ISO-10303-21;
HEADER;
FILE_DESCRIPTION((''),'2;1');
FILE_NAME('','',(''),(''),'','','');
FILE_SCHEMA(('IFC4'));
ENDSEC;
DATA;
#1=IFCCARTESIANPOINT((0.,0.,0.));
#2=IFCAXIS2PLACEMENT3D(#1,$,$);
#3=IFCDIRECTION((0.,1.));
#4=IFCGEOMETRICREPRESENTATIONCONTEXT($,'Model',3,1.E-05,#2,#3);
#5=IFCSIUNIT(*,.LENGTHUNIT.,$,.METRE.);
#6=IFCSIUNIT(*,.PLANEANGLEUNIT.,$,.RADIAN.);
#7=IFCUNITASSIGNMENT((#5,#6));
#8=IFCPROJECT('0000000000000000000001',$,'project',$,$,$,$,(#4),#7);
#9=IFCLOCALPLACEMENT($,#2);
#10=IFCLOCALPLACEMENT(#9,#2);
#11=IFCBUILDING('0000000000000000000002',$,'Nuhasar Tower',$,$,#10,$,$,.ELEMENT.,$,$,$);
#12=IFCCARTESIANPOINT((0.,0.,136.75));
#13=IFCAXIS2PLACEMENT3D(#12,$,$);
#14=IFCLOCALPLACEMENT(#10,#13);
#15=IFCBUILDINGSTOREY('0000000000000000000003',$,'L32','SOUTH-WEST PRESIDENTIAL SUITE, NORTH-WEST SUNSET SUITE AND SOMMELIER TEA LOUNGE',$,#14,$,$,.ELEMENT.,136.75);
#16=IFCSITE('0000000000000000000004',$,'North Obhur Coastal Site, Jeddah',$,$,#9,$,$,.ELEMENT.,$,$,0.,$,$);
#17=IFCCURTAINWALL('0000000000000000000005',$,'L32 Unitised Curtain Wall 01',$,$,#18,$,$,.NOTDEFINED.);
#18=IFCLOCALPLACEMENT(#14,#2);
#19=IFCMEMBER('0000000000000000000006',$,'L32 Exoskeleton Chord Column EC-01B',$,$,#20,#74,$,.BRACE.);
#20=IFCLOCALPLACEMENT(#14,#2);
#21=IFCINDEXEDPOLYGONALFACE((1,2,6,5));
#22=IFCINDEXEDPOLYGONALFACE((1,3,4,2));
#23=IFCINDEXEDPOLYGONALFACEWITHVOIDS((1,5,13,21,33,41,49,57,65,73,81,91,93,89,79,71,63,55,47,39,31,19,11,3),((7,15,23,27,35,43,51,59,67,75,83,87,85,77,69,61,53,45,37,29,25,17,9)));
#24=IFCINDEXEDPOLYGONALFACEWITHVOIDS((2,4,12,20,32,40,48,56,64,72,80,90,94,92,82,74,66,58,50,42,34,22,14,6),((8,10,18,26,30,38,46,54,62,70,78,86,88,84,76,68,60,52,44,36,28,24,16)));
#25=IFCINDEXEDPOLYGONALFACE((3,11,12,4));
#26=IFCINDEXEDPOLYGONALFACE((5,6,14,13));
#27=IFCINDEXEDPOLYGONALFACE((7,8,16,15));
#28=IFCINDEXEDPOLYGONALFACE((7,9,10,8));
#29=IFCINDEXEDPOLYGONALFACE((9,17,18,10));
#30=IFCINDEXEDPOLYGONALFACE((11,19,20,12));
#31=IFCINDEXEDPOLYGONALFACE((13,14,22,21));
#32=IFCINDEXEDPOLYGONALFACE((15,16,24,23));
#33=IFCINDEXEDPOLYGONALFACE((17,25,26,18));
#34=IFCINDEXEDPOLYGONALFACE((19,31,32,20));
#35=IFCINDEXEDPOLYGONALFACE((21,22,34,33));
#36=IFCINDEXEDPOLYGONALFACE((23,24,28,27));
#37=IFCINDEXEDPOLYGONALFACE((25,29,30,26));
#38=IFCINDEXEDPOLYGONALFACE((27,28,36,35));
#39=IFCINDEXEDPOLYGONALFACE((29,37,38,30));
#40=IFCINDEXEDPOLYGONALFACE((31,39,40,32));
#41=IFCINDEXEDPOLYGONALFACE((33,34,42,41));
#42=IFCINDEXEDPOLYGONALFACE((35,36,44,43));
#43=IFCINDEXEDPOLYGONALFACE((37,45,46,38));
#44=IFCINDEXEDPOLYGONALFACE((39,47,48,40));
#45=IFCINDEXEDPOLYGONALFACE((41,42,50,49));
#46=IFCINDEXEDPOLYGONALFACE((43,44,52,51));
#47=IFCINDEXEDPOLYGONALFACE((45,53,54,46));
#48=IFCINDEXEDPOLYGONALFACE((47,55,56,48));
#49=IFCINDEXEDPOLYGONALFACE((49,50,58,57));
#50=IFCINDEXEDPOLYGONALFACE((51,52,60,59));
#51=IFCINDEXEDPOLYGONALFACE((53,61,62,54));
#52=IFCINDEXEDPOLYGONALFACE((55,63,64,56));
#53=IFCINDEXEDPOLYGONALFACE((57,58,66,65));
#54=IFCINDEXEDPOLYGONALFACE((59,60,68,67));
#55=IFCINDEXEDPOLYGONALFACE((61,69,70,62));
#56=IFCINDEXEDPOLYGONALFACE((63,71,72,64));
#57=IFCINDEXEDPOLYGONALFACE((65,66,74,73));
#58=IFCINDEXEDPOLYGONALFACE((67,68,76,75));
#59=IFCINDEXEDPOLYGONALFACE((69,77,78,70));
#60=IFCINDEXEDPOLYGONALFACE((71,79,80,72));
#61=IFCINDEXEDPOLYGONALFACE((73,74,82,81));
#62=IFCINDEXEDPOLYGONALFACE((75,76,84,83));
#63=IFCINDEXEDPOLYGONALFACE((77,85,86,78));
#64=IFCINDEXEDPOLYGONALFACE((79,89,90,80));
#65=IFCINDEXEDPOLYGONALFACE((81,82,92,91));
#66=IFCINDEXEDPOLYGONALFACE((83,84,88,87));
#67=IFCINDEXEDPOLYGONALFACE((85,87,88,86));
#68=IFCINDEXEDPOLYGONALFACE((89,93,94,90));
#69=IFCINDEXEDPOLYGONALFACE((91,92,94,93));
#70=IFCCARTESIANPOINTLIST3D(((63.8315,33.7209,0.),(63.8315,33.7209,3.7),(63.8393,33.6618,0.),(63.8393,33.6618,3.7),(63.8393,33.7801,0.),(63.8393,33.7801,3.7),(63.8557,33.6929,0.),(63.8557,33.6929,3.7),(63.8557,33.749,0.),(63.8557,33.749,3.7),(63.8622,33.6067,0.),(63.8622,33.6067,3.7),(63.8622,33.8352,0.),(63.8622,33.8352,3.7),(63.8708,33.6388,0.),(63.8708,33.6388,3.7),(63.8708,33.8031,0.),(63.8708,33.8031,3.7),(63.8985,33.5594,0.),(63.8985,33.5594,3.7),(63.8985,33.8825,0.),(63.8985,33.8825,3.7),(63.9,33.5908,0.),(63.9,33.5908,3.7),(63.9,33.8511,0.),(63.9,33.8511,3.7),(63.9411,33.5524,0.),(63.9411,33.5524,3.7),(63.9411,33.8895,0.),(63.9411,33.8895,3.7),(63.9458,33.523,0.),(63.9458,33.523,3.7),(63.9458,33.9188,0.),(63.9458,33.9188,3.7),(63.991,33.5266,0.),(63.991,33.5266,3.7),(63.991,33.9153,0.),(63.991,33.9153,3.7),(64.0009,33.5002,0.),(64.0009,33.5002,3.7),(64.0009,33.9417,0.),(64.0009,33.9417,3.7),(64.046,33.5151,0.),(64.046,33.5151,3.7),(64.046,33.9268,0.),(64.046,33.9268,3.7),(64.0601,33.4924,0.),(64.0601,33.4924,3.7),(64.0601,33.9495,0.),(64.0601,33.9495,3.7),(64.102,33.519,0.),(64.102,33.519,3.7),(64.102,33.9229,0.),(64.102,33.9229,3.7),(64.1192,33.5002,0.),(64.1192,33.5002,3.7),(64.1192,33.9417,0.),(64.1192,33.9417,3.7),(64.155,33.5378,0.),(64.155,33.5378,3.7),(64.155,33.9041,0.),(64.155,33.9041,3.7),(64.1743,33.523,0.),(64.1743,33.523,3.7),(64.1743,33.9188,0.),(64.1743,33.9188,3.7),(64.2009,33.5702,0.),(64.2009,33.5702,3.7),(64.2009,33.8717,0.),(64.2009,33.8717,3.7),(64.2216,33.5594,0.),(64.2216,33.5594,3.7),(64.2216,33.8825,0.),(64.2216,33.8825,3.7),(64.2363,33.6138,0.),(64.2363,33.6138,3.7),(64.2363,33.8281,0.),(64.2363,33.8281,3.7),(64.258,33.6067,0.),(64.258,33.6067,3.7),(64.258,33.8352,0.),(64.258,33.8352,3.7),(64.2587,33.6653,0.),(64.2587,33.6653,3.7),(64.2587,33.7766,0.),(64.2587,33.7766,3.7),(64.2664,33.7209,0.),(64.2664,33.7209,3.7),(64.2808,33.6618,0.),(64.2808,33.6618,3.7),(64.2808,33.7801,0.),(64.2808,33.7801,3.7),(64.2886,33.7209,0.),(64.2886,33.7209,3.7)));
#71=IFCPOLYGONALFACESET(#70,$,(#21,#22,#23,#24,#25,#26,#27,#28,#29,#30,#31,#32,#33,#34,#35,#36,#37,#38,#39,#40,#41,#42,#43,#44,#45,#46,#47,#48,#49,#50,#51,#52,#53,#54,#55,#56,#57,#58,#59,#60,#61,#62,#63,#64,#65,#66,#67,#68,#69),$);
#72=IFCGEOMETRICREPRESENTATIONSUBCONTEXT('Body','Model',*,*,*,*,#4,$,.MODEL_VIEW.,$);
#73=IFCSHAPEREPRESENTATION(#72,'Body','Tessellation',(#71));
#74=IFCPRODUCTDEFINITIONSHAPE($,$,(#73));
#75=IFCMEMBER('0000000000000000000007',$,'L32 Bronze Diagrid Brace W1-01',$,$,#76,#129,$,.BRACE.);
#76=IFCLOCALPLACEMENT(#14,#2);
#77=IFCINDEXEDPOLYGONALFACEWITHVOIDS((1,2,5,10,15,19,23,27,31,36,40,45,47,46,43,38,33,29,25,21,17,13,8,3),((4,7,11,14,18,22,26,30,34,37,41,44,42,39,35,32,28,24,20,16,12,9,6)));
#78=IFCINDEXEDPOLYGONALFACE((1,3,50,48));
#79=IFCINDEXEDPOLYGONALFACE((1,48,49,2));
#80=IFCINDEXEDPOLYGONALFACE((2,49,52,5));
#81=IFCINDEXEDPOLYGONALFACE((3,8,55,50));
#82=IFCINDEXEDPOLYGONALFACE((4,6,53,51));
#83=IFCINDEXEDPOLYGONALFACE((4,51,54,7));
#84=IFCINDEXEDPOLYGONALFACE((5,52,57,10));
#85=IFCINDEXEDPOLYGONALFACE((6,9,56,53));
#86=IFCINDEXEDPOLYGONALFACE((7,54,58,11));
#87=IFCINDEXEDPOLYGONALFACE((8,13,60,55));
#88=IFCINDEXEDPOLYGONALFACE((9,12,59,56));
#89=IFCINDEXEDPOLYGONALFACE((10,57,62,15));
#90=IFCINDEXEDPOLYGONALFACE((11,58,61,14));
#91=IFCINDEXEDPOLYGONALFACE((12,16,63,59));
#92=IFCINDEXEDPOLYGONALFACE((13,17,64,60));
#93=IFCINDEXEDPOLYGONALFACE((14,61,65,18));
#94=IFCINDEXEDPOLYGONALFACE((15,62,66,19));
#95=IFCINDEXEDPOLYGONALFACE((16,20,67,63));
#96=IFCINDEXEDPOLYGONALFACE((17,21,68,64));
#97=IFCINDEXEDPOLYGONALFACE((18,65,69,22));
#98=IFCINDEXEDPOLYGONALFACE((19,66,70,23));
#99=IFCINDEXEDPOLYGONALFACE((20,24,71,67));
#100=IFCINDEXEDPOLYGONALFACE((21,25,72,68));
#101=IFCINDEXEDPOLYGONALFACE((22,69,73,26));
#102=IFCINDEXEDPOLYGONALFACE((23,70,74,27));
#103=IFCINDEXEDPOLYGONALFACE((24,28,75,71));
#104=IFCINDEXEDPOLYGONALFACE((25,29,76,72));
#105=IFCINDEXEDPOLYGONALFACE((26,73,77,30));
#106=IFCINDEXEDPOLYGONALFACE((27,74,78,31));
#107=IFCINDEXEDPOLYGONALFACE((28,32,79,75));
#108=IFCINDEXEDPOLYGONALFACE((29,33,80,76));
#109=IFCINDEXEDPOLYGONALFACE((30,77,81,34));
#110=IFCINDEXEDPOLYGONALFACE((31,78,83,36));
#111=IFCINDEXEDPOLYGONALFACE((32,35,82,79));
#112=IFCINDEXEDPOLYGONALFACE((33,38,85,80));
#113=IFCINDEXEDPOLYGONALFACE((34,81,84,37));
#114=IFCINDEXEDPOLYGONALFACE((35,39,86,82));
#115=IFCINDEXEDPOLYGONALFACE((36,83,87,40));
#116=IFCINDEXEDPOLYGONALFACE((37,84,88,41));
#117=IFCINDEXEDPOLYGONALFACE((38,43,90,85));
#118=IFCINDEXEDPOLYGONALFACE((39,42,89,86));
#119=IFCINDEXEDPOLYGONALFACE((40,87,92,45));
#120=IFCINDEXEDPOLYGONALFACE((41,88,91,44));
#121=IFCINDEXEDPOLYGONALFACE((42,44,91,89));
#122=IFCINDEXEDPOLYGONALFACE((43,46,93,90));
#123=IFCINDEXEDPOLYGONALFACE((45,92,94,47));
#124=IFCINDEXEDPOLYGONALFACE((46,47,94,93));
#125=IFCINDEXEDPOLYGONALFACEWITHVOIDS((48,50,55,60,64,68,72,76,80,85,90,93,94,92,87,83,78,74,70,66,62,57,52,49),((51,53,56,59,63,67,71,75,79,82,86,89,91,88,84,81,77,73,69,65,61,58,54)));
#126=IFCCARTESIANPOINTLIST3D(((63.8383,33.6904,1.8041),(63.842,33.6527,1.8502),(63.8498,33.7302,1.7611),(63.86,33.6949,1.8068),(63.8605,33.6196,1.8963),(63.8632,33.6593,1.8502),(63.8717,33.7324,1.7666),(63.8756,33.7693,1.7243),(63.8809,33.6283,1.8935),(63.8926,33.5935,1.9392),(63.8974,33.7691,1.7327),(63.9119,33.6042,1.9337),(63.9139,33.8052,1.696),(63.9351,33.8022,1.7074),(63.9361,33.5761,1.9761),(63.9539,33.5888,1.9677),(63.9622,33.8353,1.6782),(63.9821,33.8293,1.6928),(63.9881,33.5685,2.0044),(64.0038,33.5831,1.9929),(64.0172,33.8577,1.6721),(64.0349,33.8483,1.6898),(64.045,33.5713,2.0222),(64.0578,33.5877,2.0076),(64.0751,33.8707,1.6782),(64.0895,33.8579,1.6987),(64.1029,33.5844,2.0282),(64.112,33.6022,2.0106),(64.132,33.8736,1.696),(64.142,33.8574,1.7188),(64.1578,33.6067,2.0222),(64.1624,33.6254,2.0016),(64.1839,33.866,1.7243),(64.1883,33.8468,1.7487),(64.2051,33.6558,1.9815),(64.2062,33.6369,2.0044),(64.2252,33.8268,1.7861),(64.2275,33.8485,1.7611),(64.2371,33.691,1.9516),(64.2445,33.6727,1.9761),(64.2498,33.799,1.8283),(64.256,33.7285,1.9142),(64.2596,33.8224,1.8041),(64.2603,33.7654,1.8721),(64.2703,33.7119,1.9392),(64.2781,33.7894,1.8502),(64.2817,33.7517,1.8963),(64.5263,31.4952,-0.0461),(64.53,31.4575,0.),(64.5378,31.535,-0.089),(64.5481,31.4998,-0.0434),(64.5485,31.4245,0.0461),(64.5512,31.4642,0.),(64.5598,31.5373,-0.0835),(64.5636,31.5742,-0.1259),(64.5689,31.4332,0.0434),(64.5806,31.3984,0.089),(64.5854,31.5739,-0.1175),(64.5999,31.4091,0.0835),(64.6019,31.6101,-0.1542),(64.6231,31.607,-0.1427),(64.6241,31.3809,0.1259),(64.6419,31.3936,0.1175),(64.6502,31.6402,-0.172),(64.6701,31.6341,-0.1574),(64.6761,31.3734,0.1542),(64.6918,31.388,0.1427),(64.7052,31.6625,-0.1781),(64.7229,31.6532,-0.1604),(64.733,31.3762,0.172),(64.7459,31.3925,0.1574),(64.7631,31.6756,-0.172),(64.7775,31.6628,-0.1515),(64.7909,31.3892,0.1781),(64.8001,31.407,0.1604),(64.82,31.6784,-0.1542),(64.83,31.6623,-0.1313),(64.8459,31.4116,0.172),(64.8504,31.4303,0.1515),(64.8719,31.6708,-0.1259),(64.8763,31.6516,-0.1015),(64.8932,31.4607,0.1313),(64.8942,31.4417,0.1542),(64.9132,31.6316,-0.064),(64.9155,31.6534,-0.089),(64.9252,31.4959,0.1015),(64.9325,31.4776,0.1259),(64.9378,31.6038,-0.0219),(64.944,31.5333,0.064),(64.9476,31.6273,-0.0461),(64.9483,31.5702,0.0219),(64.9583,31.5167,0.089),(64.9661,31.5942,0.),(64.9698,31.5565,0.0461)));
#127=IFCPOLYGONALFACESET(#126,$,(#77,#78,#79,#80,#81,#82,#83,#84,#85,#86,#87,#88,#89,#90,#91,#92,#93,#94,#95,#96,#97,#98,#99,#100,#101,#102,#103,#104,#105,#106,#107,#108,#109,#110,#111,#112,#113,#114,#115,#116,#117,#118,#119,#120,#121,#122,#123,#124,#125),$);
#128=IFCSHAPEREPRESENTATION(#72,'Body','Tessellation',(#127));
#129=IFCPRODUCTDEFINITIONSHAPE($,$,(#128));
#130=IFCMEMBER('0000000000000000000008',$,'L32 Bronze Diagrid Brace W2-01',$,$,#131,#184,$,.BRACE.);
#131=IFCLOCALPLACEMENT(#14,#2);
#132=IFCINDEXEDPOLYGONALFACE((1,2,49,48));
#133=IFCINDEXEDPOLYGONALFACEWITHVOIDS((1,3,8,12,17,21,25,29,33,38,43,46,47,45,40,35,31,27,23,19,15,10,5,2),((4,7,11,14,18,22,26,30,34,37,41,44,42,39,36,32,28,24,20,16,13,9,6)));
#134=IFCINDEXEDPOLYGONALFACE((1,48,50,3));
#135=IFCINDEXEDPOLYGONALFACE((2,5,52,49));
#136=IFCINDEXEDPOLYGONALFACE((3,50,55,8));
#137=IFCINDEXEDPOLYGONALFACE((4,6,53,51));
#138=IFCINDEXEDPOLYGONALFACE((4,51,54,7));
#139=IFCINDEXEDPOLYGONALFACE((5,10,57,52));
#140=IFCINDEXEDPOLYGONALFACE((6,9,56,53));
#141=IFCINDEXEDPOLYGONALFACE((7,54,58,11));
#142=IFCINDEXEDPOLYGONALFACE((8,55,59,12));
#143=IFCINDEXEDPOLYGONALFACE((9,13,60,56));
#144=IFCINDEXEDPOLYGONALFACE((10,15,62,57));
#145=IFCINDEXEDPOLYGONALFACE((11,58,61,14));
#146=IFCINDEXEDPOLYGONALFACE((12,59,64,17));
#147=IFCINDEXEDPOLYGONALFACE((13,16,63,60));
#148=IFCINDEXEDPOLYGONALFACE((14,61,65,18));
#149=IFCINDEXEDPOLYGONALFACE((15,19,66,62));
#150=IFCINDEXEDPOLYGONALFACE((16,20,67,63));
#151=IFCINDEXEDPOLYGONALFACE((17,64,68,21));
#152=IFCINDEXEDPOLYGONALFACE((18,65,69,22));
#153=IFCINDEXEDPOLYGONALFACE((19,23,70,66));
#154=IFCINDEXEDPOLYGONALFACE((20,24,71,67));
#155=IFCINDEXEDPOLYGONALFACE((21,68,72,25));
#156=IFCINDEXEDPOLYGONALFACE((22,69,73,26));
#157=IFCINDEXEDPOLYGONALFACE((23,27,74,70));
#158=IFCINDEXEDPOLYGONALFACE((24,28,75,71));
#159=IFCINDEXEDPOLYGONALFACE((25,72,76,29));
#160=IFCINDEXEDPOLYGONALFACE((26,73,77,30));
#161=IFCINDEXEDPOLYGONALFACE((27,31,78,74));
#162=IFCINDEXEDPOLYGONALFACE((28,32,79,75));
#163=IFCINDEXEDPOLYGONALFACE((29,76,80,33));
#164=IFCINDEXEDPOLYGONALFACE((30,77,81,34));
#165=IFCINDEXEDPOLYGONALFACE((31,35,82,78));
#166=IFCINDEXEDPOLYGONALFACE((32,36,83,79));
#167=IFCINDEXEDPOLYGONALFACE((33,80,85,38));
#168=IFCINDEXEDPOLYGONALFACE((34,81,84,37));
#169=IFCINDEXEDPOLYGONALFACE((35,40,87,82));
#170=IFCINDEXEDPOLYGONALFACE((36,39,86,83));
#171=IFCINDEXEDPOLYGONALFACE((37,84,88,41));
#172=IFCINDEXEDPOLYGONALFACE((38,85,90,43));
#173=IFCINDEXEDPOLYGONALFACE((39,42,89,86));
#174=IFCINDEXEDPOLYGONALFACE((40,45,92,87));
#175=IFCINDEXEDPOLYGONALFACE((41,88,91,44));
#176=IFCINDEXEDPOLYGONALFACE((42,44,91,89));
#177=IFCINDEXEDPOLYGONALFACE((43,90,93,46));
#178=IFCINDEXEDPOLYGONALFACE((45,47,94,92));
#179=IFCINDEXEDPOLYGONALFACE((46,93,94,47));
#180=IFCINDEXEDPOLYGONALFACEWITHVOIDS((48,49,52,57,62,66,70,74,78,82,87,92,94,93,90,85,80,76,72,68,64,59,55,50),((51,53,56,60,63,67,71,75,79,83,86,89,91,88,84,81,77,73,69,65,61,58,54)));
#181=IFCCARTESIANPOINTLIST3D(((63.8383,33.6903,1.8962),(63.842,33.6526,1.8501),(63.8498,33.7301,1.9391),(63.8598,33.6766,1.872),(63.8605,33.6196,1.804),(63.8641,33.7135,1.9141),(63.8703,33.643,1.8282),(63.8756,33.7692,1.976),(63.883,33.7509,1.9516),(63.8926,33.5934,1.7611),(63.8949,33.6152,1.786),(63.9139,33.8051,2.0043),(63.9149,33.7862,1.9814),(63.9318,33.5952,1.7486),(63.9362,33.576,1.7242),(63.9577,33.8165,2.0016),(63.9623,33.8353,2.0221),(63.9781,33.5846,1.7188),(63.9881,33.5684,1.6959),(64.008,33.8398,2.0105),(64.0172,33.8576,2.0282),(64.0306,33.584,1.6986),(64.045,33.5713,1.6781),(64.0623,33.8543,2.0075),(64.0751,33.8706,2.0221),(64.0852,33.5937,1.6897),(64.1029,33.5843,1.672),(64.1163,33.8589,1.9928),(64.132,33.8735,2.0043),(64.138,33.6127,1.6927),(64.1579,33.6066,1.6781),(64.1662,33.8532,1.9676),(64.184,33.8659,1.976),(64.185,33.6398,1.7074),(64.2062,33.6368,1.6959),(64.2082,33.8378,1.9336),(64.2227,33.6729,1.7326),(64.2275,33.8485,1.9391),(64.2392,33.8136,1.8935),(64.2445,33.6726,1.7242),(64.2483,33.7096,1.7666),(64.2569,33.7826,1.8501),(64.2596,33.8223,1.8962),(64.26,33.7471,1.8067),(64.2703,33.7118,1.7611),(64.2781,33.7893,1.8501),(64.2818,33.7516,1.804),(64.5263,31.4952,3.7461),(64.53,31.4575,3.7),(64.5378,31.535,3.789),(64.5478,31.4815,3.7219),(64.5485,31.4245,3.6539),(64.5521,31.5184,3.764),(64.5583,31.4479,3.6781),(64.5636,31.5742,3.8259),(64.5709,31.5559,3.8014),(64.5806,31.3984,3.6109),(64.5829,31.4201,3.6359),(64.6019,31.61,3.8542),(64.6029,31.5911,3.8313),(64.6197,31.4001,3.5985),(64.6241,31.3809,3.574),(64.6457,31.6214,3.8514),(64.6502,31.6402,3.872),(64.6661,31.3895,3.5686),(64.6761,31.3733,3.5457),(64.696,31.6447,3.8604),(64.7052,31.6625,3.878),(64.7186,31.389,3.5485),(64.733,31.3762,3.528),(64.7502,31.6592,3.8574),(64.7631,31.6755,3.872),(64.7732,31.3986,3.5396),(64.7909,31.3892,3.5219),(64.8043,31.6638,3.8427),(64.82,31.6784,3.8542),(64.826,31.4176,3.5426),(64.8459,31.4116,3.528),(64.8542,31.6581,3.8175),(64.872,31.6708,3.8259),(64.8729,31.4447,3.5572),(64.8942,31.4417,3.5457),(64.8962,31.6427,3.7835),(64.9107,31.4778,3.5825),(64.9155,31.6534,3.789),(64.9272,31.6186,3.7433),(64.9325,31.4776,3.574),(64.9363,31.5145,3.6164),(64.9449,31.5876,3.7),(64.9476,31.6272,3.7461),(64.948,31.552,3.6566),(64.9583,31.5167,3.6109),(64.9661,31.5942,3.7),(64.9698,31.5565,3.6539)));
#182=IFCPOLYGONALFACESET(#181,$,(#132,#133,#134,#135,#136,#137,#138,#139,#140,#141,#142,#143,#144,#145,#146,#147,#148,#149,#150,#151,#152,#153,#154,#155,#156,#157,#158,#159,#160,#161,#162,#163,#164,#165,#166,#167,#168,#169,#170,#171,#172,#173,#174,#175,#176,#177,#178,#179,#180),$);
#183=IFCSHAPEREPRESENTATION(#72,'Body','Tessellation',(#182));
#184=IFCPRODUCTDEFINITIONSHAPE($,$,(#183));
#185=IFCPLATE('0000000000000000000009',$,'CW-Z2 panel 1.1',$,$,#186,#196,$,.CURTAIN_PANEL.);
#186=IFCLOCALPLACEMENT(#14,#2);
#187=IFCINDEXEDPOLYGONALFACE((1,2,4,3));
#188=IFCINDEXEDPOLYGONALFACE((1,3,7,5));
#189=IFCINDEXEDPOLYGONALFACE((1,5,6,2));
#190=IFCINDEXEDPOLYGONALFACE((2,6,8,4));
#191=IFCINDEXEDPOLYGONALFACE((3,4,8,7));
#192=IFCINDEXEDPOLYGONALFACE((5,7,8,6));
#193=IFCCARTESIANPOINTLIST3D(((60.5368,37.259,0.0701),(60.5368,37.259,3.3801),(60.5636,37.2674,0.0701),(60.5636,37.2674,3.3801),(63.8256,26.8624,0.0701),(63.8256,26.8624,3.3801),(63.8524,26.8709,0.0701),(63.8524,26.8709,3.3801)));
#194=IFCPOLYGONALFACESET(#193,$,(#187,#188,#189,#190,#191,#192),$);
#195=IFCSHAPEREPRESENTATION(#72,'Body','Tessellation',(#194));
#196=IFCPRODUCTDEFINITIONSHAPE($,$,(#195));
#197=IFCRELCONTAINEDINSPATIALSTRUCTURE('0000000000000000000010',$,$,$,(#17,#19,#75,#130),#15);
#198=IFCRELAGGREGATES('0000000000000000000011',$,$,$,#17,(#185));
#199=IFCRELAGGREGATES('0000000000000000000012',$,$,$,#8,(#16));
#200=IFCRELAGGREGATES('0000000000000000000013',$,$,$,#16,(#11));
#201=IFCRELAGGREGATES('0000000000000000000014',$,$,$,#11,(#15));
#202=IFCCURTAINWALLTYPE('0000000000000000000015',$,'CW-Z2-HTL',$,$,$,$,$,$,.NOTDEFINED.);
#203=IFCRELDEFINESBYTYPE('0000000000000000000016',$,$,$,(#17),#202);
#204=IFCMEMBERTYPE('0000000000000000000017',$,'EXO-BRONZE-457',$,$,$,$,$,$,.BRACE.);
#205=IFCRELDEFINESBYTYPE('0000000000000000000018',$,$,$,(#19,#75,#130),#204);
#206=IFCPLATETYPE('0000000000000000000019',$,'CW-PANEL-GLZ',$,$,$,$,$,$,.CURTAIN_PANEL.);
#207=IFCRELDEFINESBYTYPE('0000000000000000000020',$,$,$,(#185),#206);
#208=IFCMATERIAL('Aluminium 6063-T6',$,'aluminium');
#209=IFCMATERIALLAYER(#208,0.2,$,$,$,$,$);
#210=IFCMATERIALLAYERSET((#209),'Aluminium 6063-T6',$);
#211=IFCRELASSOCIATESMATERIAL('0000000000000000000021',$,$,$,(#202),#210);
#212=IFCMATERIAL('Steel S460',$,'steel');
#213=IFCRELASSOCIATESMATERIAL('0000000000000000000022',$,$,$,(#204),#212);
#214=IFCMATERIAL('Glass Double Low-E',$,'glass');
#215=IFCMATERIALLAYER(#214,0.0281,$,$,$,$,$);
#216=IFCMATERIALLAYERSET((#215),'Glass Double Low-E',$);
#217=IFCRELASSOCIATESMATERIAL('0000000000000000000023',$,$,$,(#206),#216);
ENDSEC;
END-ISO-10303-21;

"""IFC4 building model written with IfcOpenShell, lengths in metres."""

from ifc_helpers import new_model, si_unit, direction, frame, origin, origin_2d, place, context, subcontext, project, spatial, rectangle, hollow_circle, extrude, material, layer, layer_set, material_profile, profile_set, type_object, element, aggregate, save


model = new_model("IFC4")

# Units and contexts
model_context = context("Model", 3, precision=1e-05, world=origin(), true_north=direction((0.0, 1.0)))
body_context = subcontext(model_context, "Body", "Model", "MODEL_VIEW")
ifc_project = project(units=[si_unit("LENGTHUNIT", "METRE"), si_unit("PLANEANGLEUNIT", "RADIAN")], contexts=[model_context])

# Site, building, storey
site_placement = place(None, origin())
site = spatial("IfcSite", under=ifc_project, at=site_placement, Name="North Obhur Coastal Site, Jeddah", CompositionType="ELEMENT", RefElevation=0.0)
building_placement = place(site_placement, origin())
building = spatial("IfcBuilding", under=site, at=building_placement, Name="Nuhasar Tower", CompositionType="ELEMENT")
storey_placement = place(building_placement, frame((0.0, 0.0, 136.75)))
storey = spatial("IfcBuildingStorey", under=building, at=storey_placement, Name="L32", Description="SOUTH-WEST PRESIDENTIAL SUITE, NORTH-WEST SUNSET SUITE AND SOMMELIER TEA LOUNGE", CompositionType="ELEMENT", Elevation=136.75)

# Curtain wall
ifc_material_1 = material(Name="Aluminium 6063-T6", Category="aluminium")
ifc_layer_1 = layer(ifc_material_1, 0.2)
ifc_layer_set_1 = layer_set([ifc_layer_1], Name="Aluminium 6063-T6")
curtain_wall_type = type_object("IfcCurtainWallType", Name="CW-Z2-HTL", PredefinedType="NOTDEFINED", material=ifc_layer_set_1)
curtain_wall_1_placement = place(storey_placement, origin())
curtain_wall_1 = element("IfcCurtainWall", 1, at=curtain_wall_1_placement, inside=storey, type_object=curtain_wall_type, Name="L32 Unitised Curtain Wall 01", PredefinedType="NOTDEFINED")

# Members
ifc_material_2 = material(Name="Steel S460", Category="steel")
ifc_material_profile_1 = material_profile(ifc_material_2, hollow_circle(Radius=0.2285, WallThickness=0.0222, at=origin_2d()), Name="HSS457X22.2")
ifc_profile_set_1 = profile_set([ifc_material_profile_1], Name="Steel S460")
member_type_1 = type_object("IfcMemberType", Name="EXO-BRONZE-457", PredefinedType="BRACE", material=ifc_profile_set_1)
for number, where, z_axis, x_axis, name in (
    (2, (64.0601, 33.7209, 0.0), (0.0, 0.0, 1.0), (1.0, 0.0, 0.0), "L32 Exoskeleton Chord Column EC-01B"),
):
    element("IfcMember", number, at=place(storey_placement, frame(where, z_axis=z_axis, x_axis=x_axis)), inside=storey, type_object=member_type_1, Name=name, PredefinedType="BRACE", context=body_context, shape_type="SweptSolid", body=[
        extrude(hollow_circle(Radius=0.2285, WallThickness=0.0222, at=origin_2d()), origin(), (0.0, 0.0, 1.0), 3.7),
    ])
member_1_placement = place(storey_placement, frame((64.748, 31.5259, 0.0), z_axis=(-0.233056, 0.743578, 0.626719), x_axis=(-0.954228, -0.299079, 0.0)))
element("IfcMember", 3, at=member_1_placement, inside=storey, type_object=member_type_1, Name="L32 Bronze Diagrid Brace W1-01", PredefinedType="BRACE", context=body_context, shape_type="SweptSolid", body=[
    extrude(hollow_circle(Radius=0.2285, WallThickness=0.0222, at=origin_2d()), origin(), (0.0, 0.0, 1.0), 2.9521),
])
member_2_placement = place(storey_placement, frame((64.0601, 33.7209, 1.8501), z_axis=(0.233068, -0.743616, 0.626669), x_axis=(0.954228, 0.299079, 0.0)))
element("IfcMember", 4, at=member_2_placement, inside=storey, type_object=member_type_1, Name="L32 Bronze Diagrid Brace W2-01", PredefinedType="BRACE", context=body_context, shape_type="SweptSolid", body=[
    extrude(hollow_circle(Radius=0.2285, WallThickness=0.0222, at=origin_2d()), origin(), (0.0, 0.0, 1.0), 2.9519),
])

# Plate
ifc_material_3 = material(Name="Glass Double Low-E", Category="glass")
ifc_layer_2 = layer(ifc_material_3, 0.0281)
ifc_layer_set_2 = layer_set([ifc_layer_2], Name="Glass Double Low-E")
plate_type = type_object("IfcPlateType", Name="CW-PANEL-GLZ", PredefinedType="CURTAIN_PANEL", material=ifc_layer_set_2)
plate_placement = place(storey_placement, frame((62.1946, 32.0649, 0.0701), z_axis=(0.0, 0.0, 1.0), x_axis=(-0.301604, 0.953433, 0.0)))
plate = element("IfcPlate", 5, at=plate_placement, type_object=plate_type, Name="CW-Z2 panel 1.1", PredefinedType="CURTAIN_PANEL", context=body_context, shape_type="SweptSolid", body=[
    extrude(rectangle(XDim=10.9043, YDim=0.0281, at=origin_2d()), origin(), (0.0, 0.0, 1.0), 3.3101),
])
aggregate(curtain_wall_1, [plate])

save(model, "model.ifc")
